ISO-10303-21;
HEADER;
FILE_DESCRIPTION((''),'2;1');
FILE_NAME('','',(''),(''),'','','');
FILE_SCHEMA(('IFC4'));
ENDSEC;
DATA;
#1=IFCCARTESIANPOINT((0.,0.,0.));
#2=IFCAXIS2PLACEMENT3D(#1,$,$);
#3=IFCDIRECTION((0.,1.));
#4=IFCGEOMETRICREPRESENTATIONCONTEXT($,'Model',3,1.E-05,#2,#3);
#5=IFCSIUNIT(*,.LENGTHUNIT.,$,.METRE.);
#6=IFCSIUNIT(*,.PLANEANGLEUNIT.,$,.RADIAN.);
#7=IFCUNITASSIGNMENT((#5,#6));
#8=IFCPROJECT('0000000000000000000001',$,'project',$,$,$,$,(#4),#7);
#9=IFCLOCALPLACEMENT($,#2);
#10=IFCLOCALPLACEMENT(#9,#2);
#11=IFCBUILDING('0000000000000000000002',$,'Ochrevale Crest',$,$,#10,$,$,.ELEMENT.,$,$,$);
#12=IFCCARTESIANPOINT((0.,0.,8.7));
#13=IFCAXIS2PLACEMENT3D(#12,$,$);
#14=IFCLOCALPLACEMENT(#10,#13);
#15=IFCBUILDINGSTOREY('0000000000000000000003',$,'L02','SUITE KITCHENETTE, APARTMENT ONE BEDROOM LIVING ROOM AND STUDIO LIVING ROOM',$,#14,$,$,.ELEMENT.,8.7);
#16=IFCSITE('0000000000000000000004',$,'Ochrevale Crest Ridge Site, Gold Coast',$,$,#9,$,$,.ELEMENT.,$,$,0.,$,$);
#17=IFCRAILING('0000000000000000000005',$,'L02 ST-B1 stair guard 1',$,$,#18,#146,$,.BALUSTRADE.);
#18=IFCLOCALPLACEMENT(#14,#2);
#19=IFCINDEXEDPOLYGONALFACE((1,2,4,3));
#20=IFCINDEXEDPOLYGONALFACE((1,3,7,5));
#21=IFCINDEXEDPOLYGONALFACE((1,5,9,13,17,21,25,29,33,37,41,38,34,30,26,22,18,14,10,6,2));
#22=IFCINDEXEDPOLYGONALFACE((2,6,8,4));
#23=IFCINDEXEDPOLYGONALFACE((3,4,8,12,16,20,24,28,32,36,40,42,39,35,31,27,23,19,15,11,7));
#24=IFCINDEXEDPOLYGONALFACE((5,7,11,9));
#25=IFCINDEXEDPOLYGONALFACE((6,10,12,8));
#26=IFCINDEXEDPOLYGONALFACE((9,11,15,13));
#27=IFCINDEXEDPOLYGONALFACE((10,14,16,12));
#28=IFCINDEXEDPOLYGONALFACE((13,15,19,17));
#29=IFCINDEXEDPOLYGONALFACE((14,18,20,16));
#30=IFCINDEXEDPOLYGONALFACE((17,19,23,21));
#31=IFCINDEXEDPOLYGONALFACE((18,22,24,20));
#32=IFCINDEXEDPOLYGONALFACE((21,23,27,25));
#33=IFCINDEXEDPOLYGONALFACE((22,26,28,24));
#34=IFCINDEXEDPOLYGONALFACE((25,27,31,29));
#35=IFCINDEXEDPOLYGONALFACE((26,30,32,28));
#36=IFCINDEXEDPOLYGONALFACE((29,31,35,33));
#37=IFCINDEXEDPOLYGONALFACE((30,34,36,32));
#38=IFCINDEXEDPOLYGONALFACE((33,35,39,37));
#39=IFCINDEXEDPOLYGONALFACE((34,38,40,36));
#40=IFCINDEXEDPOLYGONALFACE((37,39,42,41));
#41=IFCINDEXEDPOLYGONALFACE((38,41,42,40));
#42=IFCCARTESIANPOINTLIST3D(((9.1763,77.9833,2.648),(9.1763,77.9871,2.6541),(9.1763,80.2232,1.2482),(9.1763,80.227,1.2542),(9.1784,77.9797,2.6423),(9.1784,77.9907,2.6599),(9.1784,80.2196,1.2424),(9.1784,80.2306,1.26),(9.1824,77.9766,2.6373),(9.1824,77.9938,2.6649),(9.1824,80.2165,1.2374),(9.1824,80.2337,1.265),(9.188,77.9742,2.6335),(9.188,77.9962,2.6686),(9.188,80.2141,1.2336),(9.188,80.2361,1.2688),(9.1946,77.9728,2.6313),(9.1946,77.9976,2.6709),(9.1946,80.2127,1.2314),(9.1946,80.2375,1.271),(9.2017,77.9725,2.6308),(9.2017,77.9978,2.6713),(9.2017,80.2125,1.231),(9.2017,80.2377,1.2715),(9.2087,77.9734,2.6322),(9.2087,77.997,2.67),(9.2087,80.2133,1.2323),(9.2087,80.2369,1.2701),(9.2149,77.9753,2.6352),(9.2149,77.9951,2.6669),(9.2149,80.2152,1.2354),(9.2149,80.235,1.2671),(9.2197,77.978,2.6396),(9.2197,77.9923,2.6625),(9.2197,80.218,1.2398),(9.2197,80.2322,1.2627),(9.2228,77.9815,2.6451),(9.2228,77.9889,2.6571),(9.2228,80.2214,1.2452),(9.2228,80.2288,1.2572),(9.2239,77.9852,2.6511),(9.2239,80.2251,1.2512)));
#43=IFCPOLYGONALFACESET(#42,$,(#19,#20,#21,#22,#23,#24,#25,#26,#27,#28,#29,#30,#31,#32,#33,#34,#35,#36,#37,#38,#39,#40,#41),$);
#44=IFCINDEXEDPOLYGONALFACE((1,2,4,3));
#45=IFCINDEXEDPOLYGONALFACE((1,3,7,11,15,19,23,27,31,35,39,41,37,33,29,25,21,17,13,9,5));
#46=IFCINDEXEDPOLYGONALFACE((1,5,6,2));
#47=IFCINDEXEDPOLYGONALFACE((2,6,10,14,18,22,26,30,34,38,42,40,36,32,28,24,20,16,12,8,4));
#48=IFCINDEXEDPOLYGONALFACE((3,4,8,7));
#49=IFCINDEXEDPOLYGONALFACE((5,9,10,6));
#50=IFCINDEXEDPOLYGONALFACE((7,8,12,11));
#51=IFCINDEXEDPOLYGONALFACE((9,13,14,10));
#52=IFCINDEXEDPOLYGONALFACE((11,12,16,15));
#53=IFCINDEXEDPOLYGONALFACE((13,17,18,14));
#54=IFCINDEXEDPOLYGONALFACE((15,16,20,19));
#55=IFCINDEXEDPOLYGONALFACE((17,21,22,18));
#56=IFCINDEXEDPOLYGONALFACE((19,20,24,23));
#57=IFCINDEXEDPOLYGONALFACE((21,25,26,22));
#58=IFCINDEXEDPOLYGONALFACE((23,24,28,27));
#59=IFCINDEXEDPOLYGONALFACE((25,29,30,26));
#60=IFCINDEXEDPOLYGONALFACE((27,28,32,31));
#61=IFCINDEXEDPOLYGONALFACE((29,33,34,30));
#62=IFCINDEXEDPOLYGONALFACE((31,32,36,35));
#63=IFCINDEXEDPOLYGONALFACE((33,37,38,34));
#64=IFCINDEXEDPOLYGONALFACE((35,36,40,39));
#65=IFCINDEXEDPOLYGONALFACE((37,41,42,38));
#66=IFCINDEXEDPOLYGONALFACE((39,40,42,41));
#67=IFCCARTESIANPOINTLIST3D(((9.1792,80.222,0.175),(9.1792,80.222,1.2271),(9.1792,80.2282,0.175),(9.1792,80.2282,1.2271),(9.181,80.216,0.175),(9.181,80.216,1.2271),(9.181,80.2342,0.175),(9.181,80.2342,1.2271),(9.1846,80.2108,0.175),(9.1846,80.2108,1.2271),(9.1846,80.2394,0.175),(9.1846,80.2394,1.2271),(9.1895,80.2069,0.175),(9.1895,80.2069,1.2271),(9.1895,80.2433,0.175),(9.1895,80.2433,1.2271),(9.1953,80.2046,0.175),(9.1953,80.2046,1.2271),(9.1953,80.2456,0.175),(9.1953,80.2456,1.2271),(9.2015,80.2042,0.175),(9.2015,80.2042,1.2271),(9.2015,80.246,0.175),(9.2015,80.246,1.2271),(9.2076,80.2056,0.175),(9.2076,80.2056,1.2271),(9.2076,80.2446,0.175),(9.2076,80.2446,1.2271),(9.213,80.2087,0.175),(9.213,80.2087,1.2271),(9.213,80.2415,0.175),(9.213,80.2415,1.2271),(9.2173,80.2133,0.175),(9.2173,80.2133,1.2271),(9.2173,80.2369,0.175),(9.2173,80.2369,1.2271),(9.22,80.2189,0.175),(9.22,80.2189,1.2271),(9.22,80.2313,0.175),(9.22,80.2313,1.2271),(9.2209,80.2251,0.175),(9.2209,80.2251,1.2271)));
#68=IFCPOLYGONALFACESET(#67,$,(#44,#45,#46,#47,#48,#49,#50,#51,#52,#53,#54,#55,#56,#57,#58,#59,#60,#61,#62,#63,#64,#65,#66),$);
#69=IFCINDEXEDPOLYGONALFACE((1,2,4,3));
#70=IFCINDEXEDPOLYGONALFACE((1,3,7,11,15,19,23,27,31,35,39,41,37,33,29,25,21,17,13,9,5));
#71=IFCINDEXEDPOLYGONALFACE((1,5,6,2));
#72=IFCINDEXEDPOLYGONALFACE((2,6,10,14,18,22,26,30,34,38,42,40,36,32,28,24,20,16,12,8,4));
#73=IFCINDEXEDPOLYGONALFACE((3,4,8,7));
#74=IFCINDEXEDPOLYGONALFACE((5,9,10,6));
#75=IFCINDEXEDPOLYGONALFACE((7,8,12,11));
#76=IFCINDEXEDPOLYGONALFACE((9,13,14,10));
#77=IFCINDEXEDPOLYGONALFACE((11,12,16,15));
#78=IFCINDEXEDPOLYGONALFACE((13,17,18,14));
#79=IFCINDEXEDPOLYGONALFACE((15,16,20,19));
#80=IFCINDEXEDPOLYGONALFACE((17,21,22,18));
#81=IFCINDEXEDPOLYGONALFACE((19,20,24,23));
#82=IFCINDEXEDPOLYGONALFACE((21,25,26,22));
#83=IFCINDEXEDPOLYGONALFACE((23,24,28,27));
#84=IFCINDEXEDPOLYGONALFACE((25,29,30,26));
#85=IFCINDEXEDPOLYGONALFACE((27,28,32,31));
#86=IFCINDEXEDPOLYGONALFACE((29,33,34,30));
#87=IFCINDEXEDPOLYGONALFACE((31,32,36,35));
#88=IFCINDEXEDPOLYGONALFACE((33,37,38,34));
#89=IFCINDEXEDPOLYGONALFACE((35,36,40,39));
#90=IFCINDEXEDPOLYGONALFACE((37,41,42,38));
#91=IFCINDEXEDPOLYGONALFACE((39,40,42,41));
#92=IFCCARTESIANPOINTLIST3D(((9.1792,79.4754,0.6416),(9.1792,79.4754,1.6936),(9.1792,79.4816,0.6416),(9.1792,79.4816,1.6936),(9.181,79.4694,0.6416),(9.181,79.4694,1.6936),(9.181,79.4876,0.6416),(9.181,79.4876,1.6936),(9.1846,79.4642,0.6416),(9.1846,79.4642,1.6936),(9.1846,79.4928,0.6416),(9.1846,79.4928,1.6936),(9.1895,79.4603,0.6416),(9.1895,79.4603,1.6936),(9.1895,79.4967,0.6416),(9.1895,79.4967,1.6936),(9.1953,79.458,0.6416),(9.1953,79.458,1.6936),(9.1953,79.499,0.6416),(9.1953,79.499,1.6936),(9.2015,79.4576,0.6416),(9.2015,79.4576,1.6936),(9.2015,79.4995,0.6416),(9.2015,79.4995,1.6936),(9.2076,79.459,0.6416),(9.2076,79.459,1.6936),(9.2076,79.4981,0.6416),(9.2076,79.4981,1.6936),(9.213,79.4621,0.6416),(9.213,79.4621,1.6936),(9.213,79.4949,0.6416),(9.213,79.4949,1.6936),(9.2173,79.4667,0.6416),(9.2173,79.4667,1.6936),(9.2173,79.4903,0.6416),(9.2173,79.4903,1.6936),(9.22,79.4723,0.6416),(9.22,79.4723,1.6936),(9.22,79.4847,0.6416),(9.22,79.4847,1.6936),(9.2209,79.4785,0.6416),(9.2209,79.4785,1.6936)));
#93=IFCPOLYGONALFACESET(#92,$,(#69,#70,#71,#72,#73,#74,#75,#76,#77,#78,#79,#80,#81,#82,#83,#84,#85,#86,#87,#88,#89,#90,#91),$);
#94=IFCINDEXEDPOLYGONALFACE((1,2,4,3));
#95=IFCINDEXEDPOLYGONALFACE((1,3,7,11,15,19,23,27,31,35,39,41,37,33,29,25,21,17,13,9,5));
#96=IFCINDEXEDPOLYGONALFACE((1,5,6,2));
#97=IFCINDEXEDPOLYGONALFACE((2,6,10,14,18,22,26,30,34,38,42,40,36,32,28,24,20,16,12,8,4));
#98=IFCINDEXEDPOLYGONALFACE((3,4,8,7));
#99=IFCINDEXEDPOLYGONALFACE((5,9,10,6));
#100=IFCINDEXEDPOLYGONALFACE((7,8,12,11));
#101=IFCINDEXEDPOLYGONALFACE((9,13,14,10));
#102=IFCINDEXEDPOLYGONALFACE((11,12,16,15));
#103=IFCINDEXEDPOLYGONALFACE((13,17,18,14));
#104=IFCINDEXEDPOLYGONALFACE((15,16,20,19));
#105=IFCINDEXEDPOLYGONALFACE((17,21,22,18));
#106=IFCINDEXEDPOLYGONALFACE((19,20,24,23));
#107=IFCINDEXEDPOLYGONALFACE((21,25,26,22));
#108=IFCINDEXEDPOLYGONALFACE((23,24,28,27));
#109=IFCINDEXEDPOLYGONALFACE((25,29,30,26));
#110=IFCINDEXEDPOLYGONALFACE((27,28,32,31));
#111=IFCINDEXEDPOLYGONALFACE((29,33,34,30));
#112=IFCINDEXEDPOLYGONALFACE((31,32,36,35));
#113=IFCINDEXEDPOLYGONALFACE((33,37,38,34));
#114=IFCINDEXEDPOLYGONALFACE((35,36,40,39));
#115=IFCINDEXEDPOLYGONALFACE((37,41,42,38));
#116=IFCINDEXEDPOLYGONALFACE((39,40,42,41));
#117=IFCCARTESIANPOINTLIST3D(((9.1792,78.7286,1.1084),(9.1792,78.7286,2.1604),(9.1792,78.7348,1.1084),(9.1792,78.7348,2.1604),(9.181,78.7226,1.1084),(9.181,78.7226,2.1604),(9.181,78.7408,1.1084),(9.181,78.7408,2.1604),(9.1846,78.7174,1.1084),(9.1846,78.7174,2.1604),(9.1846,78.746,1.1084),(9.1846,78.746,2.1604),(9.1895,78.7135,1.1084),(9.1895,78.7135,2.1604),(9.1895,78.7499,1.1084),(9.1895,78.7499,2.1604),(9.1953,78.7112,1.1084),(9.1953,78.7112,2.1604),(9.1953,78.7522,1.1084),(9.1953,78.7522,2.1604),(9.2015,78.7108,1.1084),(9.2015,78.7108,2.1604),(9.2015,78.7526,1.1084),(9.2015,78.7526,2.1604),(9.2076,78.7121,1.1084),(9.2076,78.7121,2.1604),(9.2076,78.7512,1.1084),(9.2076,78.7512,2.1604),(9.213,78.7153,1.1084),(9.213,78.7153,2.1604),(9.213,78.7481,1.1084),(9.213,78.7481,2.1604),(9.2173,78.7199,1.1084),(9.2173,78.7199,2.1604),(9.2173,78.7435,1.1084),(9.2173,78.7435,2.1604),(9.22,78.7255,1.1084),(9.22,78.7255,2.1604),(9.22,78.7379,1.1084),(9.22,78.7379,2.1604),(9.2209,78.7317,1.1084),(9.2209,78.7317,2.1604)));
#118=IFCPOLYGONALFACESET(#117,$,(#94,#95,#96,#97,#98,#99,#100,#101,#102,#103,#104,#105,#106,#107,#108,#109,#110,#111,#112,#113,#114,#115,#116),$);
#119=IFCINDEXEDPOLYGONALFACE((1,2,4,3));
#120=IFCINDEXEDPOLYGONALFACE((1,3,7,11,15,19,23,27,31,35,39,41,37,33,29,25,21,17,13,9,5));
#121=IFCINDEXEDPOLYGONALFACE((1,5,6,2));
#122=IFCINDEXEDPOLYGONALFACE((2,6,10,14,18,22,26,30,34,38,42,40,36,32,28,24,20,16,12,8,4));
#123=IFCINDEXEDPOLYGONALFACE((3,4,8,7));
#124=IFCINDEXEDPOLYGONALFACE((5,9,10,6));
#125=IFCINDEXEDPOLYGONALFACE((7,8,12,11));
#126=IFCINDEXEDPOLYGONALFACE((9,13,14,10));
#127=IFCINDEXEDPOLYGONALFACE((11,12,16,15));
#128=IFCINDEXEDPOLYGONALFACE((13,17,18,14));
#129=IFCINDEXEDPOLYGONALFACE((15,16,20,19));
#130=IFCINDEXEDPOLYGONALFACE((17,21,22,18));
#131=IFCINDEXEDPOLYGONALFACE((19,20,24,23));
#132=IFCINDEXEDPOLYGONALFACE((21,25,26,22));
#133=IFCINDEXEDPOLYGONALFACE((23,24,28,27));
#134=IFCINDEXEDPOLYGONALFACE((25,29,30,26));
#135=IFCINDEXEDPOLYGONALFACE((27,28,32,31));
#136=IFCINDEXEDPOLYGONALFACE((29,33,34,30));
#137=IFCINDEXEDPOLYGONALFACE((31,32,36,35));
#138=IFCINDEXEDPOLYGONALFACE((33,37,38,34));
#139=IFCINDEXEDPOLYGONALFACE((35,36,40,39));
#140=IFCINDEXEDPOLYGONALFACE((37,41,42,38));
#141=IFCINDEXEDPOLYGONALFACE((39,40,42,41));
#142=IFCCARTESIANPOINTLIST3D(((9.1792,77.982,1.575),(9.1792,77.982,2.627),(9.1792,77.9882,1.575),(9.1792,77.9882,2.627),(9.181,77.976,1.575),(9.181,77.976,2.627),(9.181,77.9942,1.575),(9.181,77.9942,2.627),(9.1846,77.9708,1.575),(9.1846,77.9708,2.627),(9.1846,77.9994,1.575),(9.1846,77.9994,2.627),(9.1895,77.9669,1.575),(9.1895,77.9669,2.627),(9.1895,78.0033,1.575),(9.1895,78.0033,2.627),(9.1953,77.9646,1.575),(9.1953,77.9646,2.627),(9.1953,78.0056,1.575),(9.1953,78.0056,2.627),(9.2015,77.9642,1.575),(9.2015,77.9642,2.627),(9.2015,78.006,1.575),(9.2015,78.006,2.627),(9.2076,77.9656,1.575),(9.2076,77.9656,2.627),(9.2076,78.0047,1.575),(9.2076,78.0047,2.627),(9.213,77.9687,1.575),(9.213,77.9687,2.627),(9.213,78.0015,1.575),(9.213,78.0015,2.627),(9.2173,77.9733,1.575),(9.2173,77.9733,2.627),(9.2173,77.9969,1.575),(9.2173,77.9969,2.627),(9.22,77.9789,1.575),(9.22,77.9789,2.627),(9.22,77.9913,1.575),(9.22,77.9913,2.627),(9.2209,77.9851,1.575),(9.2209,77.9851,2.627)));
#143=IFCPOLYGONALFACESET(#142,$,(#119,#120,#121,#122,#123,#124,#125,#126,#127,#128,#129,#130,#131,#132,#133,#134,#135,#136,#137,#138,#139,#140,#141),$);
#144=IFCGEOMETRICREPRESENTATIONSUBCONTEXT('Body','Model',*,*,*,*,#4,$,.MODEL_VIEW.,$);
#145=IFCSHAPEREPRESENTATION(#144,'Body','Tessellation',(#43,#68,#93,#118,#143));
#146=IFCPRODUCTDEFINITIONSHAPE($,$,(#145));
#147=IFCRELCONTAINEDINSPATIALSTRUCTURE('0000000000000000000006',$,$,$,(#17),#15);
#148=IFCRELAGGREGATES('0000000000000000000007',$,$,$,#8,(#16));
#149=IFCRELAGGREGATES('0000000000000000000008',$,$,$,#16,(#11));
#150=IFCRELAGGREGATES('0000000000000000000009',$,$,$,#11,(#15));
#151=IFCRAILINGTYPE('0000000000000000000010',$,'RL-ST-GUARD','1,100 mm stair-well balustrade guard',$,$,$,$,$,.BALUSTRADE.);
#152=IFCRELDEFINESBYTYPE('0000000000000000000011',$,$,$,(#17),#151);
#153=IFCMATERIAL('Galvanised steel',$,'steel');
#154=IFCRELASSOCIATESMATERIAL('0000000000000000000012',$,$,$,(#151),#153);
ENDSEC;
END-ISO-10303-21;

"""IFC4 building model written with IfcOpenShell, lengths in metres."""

from ifc_helpers import new_model, si_unit, direction, frame, origin, origin_2d, place, context, subcontext, project, spatial, circle, extrude, material, type_object, element, save


model = new_model("IFC4")

# Units and contexts
model_context = context("Model", 3, precision=1e-05, world=origin(), true_north=direction((0.0, 1.0)))
body_context = subcontext(model_context, "Body", "Model", "MODEL_VIEW")
ifc_project = project(units=[si_unit("LENGTHUNIT", "METRE"), si_unit("PLANEANGLEUNIT", "RADIAN")], contexts=[model_context])

# Site, building, storey
site_placement = place(None, origin())
site = spatial("IfcSite", under=ifc_project, at=site_placement, Name="Ochrevale Crest Ridge Site, Gold Coast", CompositionType="ELEMENT", RefElevation=0.0)
building_placement = place(site_placement, origin())
building = spatial("IfcBuilding", under=site, at=building_placement, Name="Ochrevale Crest", CompositionType="ELEMENT")
storey_placement = place(building_placement, frame((0.0, 0.0, 8.7)))
storey = spatial("IfcBuildingStorey", under=building, at=storey_placement, Name="L02", Description="SUITE KITCHENETTE, APARTMENT ONE BEDROOM LIVING ROOM AND STUDIO LIVING ROOM", CompositionType="ELEMENT", Elevation=8.7)

# Railing
ifc_material_1 = material(Name="Galvanised steel", Category="steel")
railing_type = type_object("IfcRailingType", Name="RL-ST-GUARD", Description="1,100 mm stair-well balustrade guard", PredefinedType="BALUSTRADE", material=ifc_material_1)
railing_1_placement = place(storey_placement, frame((9.2, 80.2251, 0.175)))
element("IfcRailing", 1, at=railing_1_placement, inside=storey, type_object=railing_type, Name="L02 ST-B1 stair guard 1", PredefinedType="BALUSTRADE", context=body_context, shape_type="SweptSolid", body=[
    extrude(circle(Radius=0.0239, at=origin_2d()), frame((0.0, 0.0, 1.0762), z_axis=(0.0, -0.848014, 0.529974), x_axis=(1.0, 0.0, 0.0)), (0.0, 0.0, 1.0), 2.6414),
    extrude(circle(Radius=0.021, at=origin_2d()), origin(), (0.0, 0.0, 1.0), 1.052),
    extrude(circle(Radius=0.021, at=origin_2d()), frame((0.0, -0.7466, 0.4666)), (0.0, 0.0, 1.0), 1.052),
    extrude(circle(Radius=0.021, at=origin_2d()), frame((0.0, -1.4934, 0.9333)), (0.0, 0.0, 1.0), 1.052),
    extrude(circle(Radius=0.021, at=origin_2d()), frame((0.0, -2.24, 1.3999)), (0.0, 0.0, 1.0), 1.052),
])

save(model, "model.ifc")
